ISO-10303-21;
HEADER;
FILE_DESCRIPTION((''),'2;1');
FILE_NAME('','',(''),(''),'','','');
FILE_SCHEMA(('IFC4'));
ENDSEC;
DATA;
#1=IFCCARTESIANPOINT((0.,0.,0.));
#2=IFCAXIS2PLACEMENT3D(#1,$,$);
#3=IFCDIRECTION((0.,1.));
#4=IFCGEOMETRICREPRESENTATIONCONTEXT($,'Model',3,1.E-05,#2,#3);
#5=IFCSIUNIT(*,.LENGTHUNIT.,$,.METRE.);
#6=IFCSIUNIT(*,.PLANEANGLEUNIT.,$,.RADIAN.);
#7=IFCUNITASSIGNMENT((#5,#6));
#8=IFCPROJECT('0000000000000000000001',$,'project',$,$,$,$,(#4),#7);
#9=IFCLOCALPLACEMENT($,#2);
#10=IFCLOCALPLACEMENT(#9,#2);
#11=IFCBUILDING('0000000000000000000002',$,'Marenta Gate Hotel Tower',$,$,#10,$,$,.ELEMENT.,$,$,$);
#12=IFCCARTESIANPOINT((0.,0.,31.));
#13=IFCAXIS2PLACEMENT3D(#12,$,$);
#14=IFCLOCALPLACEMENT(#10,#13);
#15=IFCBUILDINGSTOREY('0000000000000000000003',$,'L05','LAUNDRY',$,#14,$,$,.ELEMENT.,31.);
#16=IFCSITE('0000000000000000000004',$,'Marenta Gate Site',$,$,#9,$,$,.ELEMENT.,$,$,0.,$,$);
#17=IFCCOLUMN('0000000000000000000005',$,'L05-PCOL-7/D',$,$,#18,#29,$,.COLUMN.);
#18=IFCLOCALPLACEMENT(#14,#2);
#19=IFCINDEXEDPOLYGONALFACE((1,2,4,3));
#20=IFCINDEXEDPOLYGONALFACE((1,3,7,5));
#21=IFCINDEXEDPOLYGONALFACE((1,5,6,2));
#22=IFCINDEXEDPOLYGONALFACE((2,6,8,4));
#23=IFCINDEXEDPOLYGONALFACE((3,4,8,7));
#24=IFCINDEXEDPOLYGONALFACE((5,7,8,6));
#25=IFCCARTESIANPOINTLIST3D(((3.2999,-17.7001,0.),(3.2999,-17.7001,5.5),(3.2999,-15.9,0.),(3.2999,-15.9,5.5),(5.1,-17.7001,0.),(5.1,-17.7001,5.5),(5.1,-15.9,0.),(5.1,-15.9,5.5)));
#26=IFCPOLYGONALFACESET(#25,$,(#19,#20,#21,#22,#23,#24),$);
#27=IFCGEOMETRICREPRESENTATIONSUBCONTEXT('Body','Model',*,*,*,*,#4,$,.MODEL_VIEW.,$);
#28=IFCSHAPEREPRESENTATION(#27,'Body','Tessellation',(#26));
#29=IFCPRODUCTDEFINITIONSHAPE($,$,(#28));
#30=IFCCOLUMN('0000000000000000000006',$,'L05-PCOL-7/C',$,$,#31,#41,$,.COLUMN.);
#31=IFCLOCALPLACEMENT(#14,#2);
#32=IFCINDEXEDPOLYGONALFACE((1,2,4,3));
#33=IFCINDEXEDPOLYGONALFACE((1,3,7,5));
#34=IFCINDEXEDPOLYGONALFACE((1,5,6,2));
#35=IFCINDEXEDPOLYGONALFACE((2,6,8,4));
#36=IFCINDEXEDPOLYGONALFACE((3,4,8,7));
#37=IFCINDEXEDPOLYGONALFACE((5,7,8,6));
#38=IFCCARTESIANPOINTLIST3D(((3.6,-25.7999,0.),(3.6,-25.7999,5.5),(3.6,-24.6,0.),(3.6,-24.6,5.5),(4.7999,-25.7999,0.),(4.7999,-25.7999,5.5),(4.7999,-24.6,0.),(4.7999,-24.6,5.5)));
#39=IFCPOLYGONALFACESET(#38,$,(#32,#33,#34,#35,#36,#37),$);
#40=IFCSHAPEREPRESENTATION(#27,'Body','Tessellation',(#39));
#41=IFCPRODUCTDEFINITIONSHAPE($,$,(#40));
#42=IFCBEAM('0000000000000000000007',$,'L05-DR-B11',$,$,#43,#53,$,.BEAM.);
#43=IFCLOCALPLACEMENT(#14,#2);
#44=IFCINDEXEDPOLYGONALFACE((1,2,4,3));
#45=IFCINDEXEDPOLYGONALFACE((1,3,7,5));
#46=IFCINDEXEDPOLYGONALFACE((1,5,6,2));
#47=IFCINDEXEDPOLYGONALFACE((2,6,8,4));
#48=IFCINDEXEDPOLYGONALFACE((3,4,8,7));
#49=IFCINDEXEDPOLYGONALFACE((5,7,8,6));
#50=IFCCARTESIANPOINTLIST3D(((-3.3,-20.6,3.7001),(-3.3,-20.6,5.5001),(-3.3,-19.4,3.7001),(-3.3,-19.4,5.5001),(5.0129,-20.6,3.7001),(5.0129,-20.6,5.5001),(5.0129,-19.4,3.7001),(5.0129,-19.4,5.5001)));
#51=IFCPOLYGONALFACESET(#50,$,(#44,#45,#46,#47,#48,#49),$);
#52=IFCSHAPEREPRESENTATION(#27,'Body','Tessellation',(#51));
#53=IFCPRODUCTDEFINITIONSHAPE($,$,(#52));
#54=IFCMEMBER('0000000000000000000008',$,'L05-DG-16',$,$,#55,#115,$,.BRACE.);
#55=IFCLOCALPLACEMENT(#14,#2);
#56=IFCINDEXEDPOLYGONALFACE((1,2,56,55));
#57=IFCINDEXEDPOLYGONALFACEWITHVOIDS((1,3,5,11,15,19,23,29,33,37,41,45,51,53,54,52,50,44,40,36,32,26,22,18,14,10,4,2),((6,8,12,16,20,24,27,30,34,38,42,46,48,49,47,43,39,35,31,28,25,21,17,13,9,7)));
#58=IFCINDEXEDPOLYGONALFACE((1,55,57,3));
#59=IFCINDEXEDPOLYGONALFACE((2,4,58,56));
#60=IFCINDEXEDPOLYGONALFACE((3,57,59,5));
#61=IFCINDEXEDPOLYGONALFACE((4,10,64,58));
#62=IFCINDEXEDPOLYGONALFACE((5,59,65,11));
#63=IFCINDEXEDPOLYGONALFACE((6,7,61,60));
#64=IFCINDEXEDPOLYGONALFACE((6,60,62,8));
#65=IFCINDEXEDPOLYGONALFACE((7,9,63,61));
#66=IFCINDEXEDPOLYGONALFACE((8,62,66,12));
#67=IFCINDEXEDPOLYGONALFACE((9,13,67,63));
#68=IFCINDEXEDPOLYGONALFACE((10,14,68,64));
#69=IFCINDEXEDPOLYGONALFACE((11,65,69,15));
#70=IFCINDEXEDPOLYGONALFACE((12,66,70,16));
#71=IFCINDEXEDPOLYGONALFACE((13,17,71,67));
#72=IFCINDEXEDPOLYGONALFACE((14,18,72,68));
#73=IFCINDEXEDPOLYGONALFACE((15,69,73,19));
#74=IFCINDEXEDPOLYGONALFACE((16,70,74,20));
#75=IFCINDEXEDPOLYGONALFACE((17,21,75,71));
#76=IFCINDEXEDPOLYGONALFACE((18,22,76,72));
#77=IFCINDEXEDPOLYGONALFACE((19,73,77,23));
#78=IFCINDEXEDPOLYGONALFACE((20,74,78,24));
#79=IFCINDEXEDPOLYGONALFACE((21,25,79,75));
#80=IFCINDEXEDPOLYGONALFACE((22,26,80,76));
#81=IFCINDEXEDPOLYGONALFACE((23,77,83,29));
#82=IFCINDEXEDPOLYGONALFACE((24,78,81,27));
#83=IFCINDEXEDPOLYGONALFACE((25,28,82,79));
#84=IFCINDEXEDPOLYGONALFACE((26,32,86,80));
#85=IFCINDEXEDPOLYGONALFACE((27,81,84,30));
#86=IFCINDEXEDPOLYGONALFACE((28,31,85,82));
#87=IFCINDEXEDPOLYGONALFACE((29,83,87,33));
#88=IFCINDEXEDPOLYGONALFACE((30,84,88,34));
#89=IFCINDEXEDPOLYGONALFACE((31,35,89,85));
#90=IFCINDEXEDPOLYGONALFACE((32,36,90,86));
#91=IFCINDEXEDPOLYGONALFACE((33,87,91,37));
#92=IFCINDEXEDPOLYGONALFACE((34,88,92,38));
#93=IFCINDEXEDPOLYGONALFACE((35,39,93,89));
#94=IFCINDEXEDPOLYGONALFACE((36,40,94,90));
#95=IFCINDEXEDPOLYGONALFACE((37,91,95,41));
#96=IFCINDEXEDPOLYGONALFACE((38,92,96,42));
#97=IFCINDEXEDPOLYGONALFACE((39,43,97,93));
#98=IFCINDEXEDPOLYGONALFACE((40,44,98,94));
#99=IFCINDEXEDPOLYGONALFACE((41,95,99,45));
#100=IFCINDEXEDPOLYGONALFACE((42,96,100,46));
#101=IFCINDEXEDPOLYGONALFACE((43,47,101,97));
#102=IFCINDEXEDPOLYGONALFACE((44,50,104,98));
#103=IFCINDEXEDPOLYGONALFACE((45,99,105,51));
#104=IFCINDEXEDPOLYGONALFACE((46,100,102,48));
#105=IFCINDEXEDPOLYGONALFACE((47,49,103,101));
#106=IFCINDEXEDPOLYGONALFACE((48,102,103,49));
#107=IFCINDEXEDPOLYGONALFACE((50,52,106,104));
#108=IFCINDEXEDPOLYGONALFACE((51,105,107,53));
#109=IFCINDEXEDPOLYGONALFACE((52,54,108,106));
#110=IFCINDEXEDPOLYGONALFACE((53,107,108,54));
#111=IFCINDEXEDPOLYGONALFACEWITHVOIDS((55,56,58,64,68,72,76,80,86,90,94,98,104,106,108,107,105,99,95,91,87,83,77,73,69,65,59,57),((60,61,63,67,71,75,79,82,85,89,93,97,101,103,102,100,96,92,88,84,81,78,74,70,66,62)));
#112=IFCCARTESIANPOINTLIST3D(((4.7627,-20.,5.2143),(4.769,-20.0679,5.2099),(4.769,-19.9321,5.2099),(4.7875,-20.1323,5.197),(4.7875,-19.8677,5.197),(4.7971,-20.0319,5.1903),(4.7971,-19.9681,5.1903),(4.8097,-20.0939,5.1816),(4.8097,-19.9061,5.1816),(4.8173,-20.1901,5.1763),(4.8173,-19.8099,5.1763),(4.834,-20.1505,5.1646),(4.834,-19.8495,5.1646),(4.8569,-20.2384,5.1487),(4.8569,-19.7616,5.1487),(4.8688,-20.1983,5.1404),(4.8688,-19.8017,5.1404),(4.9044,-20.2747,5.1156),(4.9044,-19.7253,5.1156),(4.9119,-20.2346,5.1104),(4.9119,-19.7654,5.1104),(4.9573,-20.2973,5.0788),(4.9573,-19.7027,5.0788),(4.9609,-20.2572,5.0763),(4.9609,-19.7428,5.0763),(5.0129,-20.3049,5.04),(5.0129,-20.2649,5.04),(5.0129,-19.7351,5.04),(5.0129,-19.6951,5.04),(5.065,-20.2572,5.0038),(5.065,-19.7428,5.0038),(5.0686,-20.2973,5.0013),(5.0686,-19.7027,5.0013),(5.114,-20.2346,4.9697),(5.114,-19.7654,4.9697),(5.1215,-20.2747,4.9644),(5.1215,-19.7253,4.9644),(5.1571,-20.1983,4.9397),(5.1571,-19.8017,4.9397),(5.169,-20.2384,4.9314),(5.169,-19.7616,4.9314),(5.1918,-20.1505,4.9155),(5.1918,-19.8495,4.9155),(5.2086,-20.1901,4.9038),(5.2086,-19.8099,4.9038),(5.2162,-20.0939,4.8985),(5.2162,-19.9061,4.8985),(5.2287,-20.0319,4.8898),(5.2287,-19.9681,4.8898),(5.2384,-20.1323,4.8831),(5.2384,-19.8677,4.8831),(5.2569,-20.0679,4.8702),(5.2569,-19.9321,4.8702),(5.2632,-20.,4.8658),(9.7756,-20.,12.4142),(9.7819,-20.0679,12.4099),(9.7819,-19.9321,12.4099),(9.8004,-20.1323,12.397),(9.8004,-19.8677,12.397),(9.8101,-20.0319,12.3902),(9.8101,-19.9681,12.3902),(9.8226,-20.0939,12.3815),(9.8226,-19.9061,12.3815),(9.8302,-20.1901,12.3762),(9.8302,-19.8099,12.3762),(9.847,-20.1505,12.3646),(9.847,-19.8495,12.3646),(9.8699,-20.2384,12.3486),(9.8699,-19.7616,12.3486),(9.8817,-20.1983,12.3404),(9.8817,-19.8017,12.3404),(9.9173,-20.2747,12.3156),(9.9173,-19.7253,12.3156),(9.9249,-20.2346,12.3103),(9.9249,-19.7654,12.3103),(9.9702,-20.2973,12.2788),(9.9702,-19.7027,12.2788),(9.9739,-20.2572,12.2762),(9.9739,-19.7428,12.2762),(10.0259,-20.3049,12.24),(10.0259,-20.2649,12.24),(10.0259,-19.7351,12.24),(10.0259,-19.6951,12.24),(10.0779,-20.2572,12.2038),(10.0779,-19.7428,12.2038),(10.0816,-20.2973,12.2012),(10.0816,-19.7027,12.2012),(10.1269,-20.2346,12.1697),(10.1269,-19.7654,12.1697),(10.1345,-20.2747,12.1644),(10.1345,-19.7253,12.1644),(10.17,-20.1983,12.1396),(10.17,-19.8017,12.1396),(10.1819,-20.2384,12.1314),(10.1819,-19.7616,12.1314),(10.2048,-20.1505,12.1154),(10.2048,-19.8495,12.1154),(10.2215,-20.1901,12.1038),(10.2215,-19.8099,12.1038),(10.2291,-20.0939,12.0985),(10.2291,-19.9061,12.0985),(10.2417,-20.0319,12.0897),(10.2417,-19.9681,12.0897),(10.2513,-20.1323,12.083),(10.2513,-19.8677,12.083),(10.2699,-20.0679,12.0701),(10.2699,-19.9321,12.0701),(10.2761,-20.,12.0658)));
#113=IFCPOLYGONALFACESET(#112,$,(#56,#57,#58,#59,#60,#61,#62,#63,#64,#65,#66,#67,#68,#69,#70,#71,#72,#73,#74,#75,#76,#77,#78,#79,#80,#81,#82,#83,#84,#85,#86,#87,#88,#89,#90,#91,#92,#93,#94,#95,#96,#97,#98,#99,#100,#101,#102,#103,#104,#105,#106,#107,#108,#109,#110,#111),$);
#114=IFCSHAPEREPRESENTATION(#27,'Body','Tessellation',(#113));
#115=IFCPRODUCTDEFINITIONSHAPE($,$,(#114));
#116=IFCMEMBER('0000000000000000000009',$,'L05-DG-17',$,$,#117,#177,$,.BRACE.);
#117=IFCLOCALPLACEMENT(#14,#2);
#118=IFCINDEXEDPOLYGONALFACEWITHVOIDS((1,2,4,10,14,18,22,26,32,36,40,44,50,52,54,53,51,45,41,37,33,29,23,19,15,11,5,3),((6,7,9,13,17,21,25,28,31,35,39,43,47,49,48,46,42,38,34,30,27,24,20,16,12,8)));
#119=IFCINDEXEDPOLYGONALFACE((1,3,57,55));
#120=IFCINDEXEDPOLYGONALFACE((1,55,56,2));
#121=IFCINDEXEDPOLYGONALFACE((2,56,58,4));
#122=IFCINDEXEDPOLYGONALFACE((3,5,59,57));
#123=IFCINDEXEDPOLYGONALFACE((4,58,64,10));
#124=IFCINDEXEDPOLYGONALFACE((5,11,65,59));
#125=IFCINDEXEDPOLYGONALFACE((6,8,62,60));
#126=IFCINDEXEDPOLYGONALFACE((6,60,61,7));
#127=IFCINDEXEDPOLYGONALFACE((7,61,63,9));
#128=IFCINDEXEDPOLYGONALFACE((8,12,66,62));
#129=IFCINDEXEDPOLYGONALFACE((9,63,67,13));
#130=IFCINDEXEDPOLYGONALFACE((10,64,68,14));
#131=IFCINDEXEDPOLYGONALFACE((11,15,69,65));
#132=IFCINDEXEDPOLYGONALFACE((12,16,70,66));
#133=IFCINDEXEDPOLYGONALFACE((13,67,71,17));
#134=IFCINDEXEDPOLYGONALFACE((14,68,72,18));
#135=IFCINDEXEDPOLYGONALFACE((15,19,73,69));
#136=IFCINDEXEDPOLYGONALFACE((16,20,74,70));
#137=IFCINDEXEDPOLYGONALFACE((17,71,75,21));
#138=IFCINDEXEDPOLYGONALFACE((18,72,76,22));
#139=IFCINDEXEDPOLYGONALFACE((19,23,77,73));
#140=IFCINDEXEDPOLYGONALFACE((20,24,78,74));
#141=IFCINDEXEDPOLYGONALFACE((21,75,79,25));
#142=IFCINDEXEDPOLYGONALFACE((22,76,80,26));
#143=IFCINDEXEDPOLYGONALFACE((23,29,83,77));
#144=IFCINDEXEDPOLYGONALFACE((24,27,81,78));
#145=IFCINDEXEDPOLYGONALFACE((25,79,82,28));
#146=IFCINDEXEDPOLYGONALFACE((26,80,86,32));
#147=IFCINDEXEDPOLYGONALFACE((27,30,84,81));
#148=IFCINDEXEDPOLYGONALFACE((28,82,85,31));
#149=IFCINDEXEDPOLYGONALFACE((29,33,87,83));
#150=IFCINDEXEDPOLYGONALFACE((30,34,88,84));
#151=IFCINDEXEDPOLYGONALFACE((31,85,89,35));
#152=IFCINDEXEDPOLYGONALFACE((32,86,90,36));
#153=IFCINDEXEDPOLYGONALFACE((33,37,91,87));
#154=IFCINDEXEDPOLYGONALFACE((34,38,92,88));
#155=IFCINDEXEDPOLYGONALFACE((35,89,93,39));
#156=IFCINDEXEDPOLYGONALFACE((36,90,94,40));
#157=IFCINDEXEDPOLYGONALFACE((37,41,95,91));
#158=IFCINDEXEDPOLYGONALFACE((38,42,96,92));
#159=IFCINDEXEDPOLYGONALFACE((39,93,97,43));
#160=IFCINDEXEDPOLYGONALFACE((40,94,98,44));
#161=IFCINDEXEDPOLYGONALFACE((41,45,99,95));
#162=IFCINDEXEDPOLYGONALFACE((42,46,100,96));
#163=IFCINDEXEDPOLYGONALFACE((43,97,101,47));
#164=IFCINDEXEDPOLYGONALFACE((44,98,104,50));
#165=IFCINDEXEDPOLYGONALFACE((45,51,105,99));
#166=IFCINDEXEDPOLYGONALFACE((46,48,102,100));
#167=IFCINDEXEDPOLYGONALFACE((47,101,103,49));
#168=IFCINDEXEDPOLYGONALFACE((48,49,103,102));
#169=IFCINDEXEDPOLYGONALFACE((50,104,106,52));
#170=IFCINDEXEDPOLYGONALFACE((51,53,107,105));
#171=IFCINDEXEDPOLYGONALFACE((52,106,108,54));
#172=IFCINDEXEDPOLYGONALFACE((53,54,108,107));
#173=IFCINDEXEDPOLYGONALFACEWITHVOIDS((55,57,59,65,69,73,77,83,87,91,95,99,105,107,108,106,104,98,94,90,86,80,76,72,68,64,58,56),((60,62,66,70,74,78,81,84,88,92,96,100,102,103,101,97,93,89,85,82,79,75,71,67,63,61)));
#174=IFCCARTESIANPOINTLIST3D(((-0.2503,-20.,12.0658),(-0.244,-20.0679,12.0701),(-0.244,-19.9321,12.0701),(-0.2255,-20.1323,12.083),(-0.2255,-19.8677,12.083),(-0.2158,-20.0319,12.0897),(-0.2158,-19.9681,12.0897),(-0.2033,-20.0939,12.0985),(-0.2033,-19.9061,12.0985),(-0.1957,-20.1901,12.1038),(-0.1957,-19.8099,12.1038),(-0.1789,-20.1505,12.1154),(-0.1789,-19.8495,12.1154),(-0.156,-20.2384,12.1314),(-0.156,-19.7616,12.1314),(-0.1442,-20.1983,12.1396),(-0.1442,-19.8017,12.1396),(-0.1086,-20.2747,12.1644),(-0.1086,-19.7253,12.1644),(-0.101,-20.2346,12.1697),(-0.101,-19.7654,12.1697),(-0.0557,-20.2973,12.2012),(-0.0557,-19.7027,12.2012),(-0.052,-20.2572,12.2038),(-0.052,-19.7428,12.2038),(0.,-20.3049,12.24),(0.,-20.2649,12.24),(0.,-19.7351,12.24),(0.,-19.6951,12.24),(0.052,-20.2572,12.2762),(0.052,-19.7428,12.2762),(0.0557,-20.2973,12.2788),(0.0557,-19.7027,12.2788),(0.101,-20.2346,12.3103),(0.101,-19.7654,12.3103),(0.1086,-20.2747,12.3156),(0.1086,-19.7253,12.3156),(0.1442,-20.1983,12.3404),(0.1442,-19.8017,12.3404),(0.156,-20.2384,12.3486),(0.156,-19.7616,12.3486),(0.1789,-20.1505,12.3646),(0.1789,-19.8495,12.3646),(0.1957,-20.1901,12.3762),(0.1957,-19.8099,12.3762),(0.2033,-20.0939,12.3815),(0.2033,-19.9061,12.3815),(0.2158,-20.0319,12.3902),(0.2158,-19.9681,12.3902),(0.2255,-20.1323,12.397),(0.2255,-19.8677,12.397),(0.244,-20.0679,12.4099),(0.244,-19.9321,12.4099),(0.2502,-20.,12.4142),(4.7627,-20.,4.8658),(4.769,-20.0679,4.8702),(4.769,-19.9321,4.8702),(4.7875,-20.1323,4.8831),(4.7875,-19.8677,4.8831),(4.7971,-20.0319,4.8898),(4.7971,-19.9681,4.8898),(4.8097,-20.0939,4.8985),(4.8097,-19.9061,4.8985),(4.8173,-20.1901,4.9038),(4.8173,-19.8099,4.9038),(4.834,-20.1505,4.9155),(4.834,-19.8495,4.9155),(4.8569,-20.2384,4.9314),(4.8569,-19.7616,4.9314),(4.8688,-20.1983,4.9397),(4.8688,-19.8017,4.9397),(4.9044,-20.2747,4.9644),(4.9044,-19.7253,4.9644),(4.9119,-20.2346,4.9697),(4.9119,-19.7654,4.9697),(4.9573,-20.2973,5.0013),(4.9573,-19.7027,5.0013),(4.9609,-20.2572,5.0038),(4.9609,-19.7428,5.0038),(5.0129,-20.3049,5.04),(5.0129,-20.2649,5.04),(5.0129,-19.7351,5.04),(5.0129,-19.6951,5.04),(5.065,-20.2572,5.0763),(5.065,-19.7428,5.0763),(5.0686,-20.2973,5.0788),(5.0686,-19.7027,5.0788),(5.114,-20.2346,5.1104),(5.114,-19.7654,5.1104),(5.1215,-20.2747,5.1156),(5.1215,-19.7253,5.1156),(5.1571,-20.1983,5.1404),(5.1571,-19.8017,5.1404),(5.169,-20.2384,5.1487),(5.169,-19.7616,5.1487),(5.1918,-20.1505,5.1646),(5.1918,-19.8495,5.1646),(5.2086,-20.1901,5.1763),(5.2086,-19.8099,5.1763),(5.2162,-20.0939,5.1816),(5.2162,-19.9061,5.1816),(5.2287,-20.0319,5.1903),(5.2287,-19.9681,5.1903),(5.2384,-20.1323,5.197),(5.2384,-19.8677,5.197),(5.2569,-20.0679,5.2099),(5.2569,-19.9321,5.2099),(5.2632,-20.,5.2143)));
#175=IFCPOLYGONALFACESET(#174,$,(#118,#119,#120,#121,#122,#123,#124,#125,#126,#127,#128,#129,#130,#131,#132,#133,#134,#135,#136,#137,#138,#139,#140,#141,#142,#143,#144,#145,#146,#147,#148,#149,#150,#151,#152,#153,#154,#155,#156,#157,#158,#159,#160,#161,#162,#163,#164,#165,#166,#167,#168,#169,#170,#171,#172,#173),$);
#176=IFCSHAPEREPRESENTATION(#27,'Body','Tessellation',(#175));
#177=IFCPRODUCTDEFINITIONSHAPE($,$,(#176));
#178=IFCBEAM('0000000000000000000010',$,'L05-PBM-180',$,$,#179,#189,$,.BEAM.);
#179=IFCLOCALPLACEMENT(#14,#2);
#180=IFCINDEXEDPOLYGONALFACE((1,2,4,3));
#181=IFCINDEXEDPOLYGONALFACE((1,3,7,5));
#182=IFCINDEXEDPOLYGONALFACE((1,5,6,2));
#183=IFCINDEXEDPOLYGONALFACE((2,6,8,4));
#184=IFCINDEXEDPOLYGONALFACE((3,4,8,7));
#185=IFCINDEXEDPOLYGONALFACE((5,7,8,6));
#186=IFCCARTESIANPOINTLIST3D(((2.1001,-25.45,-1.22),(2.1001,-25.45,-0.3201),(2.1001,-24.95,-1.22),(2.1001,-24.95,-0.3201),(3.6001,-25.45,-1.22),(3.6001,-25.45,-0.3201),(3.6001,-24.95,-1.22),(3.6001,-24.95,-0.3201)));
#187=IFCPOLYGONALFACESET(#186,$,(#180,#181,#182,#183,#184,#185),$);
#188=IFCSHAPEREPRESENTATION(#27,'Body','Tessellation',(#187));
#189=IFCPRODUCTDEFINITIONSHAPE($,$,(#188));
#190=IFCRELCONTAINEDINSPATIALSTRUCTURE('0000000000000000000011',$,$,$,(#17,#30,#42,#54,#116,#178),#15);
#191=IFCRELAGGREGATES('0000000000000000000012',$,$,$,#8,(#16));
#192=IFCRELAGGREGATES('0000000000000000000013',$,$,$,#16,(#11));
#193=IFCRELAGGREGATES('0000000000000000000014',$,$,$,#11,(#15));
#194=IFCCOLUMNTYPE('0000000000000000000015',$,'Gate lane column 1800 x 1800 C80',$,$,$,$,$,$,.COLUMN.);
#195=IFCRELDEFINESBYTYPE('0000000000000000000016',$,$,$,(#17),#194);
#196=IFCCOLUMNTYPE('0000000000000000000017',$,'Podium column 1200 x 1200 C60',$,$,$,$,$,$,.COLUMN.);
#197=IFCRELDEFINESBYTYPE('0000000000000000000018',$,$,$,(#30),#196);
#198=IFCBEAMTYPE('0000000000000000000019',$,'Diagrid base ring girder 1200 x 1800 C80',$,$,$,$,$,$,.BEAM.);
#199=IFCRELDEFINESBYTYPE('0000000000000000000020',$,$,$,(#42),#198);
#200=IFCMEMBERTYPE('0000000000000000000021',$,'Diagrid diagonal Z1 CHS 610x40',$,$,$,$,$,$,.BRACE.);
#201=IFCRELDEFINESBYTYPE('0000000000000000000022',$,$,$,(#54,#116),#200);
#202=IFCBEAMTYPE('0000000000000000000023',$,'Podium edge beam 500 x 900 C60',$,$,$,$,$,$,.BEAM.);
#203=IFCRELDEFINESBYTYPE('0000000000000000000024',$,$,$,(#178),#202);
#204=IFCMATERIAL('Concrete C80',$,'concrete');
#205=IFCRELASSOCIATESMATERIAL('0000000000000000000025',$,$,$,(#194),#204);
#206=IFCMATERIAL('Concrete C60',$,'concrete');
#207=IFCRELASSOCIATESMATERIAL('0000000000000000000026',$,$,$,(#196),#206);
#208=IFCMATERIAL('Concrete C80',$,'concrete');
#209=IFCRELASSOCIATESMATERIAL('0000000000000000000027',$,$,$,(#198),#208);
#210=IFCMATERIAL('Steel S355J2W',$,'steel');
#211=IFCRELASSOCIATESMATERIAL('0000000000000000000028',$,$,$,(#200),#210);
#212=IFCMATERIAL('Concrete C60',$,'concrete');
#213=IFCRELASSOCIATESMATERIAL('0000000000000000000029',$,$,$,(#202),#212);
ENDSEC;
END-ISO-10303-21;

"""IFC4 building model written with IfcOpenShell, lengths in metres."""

from ifc_helpers import new_model, si_unit, direction, frame, origin, origin_2d, place, context, subcontext, project, spatial, rectangle, hollow_circle, extrude, material, material_profile, profile_set, type_object, element, save


model = new_model("IFC4")

# Units and contexts
model_context = context("Model", 3, precision=1e-05, world=origin(), true_north=direction((0.0, 1.0)))
body_context = subcontext(model_context, "Body", "Model", "MODEL_VIEW")
ifc_project = project(units=[si_unit("LENGTHUNIT", "METRE"), si_unit("PLANEANGLEUNIT", "RADIAN")], contexts=[model_context])

# Site, building, storey
site_placement = place(None, origin())
site = spatial("IfcSite", under=ifc_project, at=site_placement, Name="Marenta Gate Site", CompositionType="ELEMENT", RefElevation=0.0)
building_placement = place(site_placement, origin())
building = spatial("IfcBuilding", under=site, at=building_placement, Name="Marenta Gate Hotel Tower", CompositionType="ELEMENT")
storey_placement = place(building_placement, frame((0.0, 0.0, 31.0)))
storey = spatial("IfcBuildingStorey", under=building, at=storey_placement, Name="L05", Description="LAUNDRY", CompositionType="ELEMENT", Elevation=31.0)

# Columns
ifc_material_1 = material(Name="Concrete C80", Category="concrete")
ifc_material_profile_1 = material_profile(ifc_material_1, rectangle(XDim=1.8, YDim=1.8, at=origin_2d()), Name="1800 x 1800")
ifc_profile_set_1 = profile_set([ifc_material_profile_1], Name="Concrete C80")
column_type_1 = type_object("IfcColumnType", Name="Gate lane column 1800 x 1800 C80", PredefinedType="COLUMN", material=ifc_profile_set_1)
column_1_placement = place(storey_placement, frame((4.2, -16.8, 0.0), z_axis=(0.0, 0.0, 1.0), x_axis=(1.0, 0.0, 0.0)))
element("IfcColumn", 1, at=column_1_placement, inside=storey, type_object=column_type_1, Name="L05-PCOL-7/D", PredefinedType="COLUMN", context=body_context, shape_type="SweptSolid", body=[
    extrude(rectangle(XDim=1.8, YDim=1.8, at=origin_2d()), origin(), (0.0, 0.0, 1.0), 5.5),
])
ifc_material_2 = material(Name="Concrete C60", Category="concrete")
ifc_material_profile_2 = material_profile(ifc_material_2, rectangle(XDim=1.2, YDim=1.2, at=origin_2d()), Name="1200 x 1200")
ifc_profile_set_2 = profile_set([ifc_material_profile_2], Name="Concrete C60")
column_type_2 = type_object("IfcColumnType", Name="Podium column 1200 x 1200 C60", PredefinedType="COLUMN", material=ifc_profile_set_2)
column_2_placement = place(storey_placement, frame((4.2, -25.2, 0.0), z_axis=(0.0, 0.0, 1.0), x_axis=(1.0, 0.0, 0.0)))
element("IfcColumn", 2, at=column_2_placement, inside=storey, type_object=column_type_2, Name="L05-PCOL-7/C", PredefinedType="COLUMN", context=body_context, shape_type="SweptSolid", body=[
    extrude(rectangle(XDim=1.2, YDim=1.2, at=origin_2d()), origin(), (0.0, 0.0, 1.0), 5.5),
])

# Beam
ifc_material_3 = material(Name="Concrete C80", Category="concrete")
ifc_material_profile_3 = material_profile(ifc_material_3, rectangle(XDim=1.2, YDim=1.8, at=origin_2d()), Name="1200 x 1800")
ifc_profile_set_3 = profile_set([ifc_material_profile_3], Name="Concrete C80")
beam_type_1 = type_object("IfcBeamType", Name="Diagrid base ring girder 1200 x 1800 C80", PredefinedType="BEAM", material=ifc_profile_set_3)
beam_1_placement = place(storey_placement, frame((5.0129, -20.0, 4.6001), z_axis=(-1.0, 0.0, 0.0), x_axis=(0.0, -1.0, 0.0)))
element("IfcBeam", 3, at=beam_1_placement, inside=storey, type_object=beam_type_1, Name="L05-DR-B11", PredefinedType="BEAM", context=body_context, shape_type="SweptSolid", body=[
    extrude(rectangle(XDim=1.2, YDim=1.8, at=origin_2d()), origin(), (0.0, 0.0, 1.0), 8.313),
])

# Members
ifc_material_4 = material(Name="Steel S355J2W", Category="steel")
ifc_material_profile_4 = material_profile(ifc_material_4, hollow_circle(Radius=0.3049, WallThickness=0.04, at=origin_2d()), Name="CHS 610x40")
ifc_profile_set_4 = profile_set([ifc_material_profile_4], Name="Steel S355J2W")
member_type = type_object("IfcMemberType", Name="Diagrid diagonal Z1 CHS 610x40", PredefinedType="BRACE", material=ifc_profile_set_4)
for number, where, z_axis, x_axis, name in (
    (4, (5.0129, -20.0, 5.04), (0.571393, 0.0, 0.820677), (0.0, 1.0, 0.0), "L05-DG-16"),
    (5, (5.0129, -20.0, 5.04), (-0.571393, 0.0, 0.820677), (0.0, -1.0, 0.0), "L05-DG-17"),
):
    element("IfcMember", number, at=place(storey_placement, frame(where, z_axis=z_axis, x_axis=x_axis)), inside=storey, type_object=member_type, Name=name, PredefinedType="BRACE", context=body_context, shape_type="SweptSolid", body=[
        extrude(hollow_circle(Radius=0.3049, WallThickness=0.04, at=origin_2d()), origin(), (0.0, 0.0, 1.0), 8.7732),
    ])

# Beam
ifc_material_5 = material(Name="Concrete C60", Category="concrete")
ifc_material_profile_5 = material_profile(ifc_material_5, rectangle(XDim=0.5, YDim=0.8999, at=origin_2d()), Name="500 x 900")
ifc_profile_set_5 = profile_set([ifc_material_profile_5], Name="Concrete C60")
beam_type_2 = type_object("IfcBeamType", Name="Podium edge beam 500 x 900 C60", PredefinedType="BEAM", material=ifc_profile_set_5)
beam_2_placement = place(storey_placement, frame((2.1001, -25.2, -0.77), z_axis=(1.0, 0.0, 0.0), x_axis=(0.0, 1.0, 0.0)))
element("IfcBeam", 6, at=beam_2_placement, inside=storey, type_object=beam_type_2, Name="L05-PBM-180", PredefinedType="BEAM", context=body_context, shape_type="SweptSolid", body=[
    extrude(rectangle(XDim=0.5, YDim=0.8999, at=origin_2d()), origin(), (0.0, 0.0, 1.0), 1.5),
])

save(model, "model.ifc")
